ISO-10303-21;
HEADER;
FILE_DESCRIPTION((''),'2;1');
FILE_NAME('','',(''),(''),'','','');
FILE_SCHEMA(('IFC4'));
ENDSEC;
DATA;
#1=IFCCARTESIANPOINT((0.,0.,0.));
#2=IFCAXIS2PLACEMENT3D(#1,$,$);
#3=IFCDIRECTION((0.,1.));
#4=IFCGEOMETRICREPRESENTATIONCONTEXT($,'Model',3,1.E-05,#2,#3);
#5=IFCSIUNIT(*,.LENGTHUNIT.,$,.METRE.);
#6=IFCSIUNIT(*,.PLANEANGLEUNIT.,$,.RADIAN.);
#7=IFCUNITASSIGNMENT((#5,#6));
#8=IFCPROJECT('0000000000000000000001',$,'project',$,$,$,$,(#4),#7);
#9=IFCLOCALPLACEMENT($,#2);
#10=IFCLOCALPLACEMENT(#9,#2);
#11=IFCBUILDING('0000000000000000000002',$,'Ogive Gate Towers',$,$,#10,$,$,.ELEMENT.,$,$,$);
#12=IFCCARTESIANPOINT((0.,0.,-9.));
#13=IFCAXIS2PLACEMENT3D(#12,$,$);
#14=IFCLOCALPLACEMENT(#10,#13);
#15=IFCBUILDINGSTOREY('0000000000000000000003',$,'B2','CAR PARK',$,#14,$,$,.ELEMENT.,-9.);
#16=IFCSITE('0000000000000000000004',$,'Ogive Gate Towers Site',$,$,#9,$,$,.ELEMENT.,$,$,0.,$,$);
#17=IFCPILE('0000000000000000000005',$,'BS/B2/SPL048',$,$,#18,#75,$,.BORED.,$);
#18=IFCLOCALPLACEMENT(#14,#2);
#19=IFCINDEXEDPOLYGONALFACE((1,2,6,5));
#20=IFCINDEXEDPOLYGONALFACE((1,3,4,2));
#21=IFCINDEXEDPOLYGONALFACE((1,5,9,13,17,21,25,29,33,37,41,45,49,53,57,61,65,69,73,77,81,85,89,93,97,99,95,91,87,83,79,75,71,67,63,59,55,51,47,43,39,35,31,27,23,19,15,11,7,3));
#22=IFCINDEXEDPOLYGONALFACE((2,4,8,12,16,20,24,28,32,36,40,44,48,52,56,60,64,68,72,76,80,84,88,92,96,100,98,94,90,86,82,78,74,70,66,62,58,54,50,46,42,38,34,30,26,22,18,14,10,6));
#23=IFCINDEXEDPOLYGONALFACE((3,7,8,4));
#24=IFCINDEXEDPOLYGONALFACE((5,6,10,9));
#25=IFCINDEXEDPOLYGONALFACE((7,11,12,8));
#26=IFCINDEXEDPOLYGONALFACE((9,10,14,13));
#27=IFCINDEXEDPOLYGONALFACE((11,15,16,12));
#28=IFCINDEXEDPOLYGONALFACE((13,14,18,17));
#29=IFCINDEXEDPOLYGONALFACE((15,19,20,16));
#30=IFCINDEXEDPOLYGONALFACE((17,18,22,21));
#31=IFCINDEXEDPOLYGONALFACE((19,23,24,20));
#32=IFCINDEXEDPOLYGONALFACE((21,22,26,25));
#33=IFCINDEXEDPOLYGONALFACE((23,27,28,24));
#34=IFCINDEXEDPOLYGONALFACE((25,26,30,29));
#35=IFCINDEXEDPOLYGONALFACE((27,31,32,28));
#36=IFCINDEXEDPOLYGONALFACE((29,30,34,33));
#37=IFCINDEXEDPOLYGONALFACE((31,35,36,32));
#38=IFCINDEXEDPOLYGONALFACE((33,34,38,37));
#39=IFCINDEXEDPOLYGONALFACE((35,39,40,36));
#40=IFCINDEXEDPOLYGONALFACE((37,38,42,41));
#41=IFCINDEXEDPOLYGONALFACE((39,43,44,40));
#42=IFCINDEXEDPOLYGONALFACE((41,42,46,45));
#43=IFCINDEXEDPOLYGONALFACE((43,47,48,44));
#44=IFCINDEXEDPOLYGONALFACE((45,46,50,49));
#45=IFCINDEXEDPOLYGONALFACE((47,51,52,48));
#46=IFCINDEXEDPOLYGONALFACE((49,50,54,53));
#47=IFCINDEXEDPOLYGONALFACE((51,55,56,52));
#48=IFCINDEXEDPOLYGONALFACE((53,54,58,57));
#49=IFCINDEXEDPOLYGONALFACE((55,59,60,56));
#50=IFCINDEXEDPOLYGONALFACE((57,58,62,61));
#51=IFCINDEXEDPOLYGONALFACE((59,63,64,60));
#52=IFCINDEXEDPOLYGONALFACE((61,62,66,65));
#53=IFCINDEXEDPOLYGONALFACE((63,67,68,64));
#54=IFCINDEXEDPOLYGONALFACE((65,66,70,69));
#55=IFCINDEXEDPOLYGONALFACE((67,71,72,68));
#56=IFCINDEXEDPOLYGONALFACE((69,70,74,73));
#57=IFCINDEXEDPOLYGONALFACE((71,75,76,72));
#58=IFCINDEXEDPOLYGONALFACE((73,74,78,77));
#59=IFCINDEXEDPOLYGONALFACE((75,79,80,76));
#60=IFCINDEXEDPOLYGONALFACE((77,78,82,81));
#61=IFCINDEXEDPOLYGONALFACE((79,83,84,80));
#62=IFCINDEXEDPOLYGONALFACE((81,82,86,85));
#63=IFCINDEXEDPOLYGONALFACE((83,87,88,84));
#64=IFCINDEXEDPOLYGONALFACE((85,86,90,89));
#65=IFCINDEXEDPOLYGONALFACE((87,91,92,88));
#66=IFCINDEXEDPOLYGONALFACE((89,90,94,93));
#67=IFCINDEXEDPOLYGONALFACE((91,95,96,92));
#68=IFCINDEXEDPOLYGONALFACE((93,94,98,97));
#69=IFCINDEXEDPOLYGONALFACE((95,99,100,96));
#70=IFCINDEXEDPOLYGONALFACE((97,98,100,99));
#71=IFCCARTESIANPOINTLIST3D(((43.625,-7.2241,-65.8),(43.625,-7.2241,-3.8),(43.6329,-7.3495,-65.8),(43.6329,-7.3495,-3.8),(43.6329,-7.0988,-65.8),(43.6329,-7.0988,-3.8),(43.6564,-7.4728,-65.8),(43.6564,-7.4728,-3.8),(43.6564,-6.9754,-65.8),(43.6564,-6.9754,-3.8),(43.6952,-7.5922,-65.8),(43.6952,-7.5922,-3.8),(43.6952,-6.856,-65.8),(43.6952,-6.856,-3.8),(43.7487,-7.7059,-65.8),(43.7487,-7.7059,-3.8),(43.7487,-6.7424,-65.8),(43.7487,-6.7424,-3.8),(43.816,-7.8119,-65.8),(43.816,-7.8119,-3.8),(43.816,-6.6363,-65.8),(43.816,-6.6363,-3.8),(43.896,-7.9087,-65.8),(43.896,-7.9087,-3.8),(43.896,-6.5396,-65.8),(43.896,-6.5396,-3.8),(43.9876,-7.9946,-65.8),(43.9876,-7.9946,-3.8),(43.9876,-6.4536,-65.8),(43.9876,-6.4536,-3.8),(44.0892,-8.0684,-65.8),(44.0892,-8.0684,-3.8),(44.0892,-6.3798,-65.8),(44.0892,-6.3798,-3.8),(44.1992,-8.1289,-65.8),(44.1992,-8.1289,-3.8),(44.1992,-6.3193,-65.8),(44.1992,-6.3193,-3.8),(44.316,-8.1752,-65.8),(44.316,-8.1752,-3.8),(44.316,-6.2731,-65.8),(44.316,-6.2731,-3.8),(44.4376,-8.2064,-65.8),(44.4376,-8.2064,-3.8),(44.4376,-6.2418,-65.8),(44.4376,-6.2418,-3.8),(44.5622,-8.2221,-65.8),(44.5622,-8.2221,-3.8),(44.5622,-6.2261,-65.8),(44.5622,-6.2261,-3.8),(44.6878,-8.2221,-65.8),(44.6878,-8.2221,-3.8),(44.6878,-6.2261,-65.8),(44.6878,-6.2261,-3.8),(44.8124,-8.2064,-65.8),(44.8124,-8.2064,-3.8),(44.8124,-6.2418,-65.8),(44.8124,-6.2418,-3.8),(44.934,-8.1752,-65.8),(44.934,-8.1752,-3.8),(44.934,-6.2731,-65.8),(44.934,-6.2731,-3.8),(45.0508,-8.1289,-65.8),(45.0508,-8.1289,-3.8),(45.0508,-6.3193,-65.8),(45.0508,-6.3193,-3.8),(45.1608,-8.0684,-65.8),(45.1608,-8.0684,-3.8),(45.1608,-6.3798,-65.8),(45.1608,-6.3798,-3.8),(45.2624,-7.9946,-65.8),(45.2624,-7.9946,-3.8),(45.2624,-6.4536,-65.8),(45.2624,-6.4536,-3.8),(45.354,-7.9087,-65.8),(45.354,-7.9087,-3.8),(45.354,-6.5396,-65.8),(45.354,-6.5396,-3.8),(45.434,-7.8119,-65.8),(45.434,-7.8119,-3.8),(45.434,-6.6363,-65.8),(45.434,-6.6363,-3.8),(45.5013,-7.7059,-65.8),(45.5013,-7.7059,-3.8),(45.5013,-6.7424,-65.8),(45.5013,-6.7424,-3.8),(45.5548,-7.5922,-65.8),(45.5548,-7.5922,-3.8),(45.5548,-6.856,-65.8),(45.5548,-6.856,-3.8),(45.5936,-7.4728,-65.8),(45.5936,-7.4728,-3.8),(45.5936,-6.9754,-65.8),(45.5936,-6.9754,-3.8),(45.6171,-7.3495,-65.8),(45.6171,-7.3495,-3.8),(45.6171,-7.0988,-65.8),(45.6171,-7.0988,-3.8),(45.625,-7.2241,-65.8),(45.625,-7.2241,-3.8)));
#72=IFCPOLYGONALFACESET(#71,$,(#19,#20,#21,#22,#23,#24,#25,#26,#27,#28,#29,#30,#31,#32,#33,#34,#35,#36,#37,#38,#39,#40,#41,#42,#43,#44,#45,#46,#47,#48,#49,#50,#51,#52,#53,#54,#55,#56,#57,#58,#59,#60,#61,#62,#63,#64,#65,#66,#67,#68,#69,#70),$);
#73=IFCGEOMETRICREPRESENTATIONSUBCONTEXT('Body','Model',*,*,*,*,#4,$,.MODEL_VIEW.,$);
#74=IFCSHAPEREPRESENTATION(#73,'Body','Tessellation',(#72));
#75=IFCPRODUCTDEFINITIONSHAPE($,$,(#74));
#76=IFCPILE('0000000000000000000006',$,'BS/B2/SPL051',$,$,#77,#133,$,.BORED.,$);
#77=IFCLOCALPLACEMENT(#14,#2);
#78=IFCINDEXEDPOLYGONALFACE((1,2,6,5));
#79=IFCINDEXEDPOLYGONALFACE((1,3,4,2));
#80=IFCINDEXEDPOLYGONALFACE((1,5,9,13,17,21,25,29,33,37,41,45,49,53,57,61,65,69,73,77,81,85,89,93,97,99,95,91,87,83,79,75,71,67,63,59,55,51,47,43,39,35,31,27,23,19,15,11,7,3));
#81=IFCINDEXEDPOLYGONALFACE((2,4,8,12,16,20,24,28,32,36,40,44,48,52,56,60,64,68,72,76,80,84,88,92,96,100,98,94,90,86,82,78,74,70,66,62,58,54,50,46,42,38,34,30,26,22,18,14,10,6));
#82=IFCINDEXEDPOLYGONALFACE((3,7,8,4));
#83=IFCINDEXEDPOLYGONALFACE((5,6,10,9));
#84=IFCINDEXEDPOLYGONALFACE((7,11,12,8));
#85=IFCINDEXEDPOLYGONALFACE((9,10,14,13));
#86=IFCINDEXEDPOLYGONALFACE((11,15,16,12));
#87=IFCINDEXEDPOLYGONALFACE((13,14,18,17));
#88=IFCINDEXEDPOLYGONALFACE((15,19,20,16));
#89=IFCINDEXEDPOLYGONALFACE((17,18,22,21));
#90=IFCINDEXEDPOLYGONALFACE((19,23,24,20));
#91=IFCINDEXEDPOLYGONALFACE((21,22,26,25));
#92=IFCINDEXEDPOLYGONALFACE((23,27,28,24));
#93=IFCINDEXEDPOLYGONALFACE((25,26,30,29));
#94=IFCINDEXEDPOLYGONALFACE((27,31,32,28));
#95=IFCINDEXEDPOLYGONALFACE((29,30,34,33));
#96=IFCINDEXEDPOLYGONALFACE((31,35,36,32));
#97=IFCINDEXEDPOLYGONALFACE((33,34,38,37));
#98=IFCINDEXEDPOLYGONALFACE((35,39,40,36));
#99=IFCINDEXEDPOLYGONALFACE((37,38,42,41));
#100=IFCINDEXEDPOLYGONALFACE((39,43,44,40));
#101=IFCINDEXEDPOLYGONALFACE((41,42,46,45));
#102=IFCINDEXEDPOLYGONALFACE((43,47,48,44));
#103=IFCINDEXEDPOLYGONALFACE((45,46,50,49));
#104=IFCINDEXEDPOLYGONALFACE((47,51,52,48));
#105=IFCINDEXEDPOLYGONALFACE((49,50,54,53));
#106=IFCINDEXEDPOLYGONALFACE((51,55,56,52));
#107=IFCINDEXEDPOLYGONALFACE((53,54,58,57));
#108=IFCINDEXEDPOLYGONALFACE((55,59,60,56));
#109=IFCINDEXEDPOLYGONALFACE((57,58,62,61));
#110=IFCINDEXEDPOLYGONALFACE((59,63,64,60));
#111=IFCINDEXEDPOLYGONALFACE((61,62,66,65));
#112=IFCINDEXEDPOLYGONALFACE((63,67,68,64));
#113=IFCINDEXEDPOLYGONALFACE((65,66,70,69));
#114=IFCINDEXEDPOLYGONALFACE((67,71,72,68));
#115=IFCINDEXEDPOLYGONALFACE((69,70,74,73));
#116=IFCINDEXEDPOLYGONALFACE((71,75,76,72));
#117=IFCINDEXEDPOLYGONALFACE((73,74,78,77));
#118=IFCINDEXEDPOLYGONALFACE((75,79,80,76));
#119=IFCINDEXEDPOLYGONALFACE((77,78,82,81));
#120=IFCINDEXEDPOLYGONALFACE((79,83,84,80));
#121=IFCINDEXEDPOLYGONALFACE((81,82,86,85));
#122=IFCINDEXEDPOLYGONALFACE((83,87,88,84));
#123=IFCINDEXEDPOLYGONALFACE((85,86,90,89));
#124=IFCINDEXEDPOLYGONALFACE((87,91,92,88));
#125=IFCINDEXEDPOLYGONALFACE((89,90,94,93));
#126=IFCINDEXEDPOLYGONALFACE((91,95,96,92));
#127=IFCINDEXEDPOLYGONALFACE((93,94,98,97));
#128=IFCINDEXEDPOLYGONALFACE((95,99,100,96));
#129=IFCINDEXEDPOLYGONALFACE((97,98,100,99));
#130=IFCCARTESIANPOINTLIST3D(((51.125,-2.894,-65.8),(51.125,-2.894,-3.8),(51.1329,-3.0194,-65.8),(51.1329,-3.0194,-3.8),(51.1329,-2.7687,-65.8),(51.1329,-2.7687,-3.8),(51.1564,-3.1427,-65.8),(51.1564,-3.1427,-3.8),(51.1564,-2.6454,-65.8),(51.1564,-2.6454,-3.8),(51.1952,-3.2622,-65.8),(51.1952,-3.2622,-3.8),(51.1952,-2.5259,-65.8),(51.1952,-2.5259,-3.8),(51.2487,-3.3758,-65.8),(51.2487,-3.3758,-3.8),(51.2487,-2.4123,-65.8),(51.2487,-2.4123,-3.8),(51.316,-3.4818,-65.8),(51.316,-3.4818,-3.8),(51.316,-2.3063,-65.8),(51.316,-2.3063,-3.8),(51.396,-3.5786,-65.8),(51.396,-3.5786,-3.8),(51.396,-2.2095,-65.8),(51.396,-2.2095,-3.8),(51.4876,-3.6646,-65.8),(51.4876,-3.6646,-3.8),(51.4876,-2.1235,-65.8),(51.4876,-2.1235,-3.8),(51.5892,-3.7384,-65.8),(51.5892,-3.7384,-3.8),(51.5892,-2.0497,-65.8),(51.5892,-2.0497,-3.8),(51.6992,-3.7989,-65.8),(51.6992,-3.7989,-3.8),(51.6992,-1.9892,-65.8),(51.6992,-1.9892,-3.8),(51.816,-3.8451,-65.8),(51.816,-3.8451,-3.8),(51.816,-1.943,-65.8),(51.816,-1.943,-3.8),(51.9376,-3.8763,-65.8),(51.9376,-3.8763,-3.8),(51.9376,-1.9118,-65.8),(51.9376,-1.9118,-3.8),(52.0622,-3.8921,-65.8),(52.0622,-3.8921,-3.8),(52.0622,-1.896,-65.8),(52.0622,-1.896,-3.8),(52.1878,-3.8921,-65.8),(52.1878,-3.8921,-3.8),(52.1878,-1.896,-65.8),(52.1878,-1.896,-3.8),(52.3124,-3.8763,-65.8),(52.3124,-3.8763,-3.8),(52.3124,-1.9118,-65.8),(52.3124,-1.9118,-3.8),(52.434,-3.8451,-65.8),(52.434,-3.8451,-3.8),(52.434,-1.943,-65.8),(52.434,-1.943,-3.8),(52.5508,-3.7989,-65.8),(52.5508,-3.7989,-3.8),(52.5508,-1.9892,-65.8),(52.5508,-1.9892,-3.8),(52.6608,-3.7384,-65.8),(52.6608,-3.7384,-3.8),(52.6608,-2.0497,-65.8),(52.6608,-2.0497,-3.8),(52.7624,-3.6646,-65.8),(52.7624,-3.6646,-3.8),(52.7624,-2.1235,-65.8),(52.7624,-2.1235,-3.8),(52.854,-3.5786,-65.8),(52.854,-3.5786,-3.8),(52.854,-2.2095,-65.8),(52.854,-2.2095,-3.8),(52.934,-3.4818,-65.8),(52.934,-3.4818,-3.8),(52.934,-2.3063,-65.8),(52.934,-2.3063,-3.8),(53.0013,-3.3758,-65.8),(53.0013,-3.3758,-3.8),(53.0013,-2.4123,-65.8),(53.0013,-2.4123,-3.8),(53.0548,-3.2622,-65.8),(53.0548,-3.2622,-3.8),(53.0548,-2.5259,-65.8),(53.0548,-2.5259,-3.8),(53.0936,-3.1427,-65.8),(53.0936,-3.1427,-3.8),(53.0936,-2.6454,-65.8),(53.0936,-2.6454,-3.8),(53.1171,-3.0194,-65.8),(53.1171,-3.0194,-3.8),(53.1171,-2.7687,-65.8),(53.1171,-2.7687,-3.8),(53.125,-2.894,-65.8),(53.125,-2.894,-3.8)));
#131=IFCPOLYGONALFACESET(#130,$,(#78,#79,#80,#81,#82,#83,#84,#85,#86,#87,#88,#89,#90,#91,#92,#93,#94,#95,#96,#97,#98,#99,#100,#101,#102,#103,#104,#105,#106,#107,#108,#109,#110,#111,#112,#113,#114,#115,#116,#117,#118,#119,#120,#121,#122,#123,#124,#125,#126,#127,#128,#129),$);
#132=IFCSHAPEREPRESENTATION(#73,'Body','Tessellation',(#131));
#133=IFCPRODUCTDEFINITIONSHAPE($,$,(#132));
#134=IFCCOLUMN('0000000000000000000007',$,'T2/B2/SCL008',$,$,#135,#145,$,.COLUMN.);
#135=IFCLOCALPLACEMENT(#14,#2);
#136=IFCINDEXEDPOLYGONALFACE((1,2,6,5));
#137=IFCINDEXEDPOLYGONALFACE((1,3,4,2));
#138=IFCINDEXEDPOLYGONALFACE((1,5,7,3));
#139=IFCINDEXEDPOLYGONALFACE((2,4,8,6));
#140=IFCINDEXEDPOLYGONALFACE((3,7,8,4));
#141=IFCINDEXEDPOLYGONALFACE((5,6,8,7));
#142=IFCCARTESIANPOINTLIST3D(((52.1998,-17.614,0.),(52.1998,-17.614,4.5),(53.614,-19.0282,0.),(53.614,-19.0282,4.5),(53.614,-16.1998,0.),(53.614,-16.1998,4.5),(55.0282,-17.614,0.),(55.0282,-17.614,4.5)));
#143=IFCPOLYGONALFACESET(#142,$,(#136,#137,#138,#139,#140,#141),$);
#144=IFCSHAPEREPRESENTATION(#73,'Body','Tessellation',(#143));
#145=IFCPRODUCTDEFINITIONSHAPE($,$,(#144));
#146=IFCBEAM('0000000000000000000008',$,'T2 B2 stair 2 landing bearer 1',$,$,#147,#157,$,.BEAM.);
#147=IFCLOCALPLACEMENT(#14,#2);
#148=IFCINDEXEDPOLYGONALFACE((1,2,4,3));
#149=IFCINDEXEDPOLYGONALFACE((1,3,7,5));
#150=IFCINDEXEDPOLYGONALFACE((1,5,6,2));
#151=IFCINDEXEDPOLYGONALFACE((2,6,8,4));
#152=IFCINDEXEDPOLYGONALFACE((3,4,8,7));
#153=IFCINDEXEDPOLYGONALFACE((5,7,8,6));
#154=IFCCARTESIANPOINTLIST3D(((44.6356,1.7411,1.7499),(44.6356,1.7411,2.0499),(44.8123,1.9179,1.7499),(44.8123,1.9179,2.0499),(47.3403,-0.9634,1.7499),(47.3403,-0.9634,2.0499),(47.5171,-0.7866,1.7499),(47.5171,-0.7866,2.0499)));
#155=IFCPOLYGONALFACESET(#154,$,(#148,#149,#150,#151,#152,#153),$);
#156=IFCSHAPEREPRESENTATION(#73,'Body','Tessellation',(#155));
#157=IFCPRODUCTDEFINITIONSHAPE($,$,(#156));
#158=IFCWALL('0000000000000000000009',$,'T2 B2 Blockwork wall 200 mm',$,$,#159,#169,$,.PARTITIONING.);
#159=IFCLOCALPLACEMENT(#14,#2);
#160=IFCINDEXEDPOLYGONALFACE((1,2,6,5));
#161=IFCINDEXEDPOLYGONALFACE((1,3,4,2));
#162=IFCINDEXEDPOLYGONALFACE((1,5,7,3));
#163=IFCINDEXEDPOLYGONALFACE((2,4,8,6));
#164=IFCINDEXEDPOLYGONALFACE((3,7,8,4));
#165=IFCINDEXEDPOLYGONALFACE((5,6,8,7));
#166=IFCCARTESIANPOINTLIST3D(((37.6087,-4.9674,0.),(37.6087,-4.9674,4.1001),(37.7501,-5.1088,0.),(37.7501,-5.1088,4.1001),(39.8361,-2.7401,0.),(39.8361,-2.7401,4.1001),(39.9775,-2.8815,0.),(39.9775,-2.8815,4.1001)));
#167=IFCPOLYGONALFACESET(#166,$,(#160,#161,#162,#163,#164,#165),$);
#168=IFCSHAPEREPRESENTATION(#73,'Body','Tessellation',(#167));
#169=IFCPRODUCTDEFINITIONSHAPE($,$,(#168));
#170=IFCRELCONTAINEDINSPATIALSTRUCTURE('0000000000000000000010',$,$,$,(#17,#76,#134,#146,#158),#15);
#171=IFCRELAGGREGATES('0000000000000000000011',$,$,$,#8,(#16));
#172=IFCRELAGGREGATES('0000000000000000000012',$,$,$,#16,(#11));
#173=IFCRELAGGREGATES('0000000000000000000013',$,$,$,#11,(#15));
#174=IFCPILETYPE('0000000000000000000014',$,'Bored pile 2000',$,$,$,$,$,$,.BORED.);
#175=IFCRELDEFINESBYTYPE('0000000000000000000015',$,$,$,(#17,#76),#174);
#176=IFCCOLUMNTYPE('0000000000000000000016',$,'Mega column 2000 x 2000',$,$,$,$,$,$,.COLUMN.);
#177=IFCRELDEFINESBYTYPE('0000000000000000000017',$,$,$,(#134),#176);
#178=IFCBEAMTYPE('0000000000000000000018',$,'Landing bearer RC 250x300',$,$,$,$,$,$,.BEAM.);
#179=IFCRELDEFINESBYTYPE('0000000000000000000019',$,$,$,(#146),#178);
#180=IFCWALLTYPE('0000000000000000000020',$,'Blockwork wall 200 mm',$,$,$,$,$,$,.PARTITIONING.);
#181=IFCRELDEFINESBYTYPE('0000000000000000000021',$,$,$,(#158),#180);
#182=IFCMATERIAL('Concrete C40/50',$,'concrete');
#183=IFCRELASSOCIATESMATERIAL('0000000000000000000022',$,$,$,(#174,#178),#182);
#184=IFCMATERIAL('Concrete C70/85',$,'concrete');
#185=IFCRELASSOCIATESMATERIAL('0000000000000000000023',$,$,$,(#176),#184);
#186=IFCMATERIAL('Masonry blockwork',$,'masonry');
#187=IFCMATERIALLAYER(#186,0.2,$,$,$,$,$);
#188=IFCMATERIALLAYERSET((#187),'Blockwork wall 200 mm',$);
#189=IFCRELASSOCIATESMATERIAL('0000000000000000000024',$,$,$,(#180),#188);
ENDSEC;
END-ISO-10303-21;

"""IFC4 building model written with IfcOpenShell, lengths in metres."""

from ifc_helpers import new_model, si_unit, direction, frame, frame_2d, origin, origin_2d, place, context, subcontext, project, spatial, rectangle, circle, extrude, material, layer, layer_set, material_profile, profile_set, type_object, element, save


model = new_model("IFC4")

# Units and contexts
model_context = context("Model", 3, precision=1e-05, world=origin(), true_north=direction((0.0, 1.0)))
body_context = subcontext(model_context, "Body", "Model", "MODEL_VIEW")
ifc_project = project(units=[si_unit("LENGTHUNIT", "METRE"), si_unit("PLANEANGLEUNIT", "RADIAN")], contexts=[model_context])

# Site, building, storey
site_placement = place(None, origin())
site = spatial("IfcSite", under=ifc_project, at=site_placement, Name="Ogive Gate Towers Site", CompositionType="ELEMENT", RefElevation=0.0)
building_placement = place(site_placement, origin())
building = spatial("IfcBuilding", under=site, at=building_placement, Name="Ogive Gate Towers", CompositionType="ELEMENT")
storey_placement = place(building_placement, frame((0.0, 0.0, -9.0)))
storey = spatial("IfcBuildingStorey", under=building, at=storey_placement, Name="B2", Description="CAR PARK", CompositionType="ELEMENT", Elevation=-9.0)

# Piles
ifc_material_1 = material(Name="Concrete C40/50", Category="concrete")
ifc_material_profile_1 = material_profile(ifc_material_1, circle(Radius=1.0, at=origin_2d()), Name="BP 2000")
ifc_profile_set_1 = profile_set([ifc_material_profile_1], Name="Concrete C40/50")
pile_type = type_object("IfcPileType", Name="Bored pile 2000", PredefinedType="BORED", material=ifc_profile_set_1)
for number, where, z_axis, x_axis, name in (
    (1, (44.625, -7.2241, -3.8), (0.0, 0.0, -1.0), (1.0, 0.0, 0.0), "BS/B2/SPL048"),
    (2, (52.125, -2.894, -3.8), (0.0, 0.0, -1.0), (1.0, 0.0, 0.0), "BS/B2/SPL051"),
):
    element("IfcPile", number, at=place(storey_placement, frame(where, z_axis=z_axis, x_axis=x_axis)), inside=storey, type_object=pile_type, Name=name, PredefinedType="BORED", context=body_context, shape_type="SweptSolid", body=[
        extrude(circle(Radius=1.0, at=origin_2d()), origin(), (0.0, 0.0, 1.0), 62.0),
    ])

# Column
ifc_material_2 = material(Name="Concrete C70/85", Category="concrete")
ifc_material_profile_2 = material_profile(ifc_material_2, rectangle(XDim=2.0, YDim=2.0, at=origin_2d()), Name="RC 2000x2000")
ifc_profile_set_2 = profile_set([ifc_material_profile_2], Name="Concrete C70/85")
column_type = type_object("IfcColumnType", Name="Mega column 2000 x 2000", PredefinedType="COLUMN", material=ifc_profile_set_2)
column_placement = place(storey_placement, frame((53.614, -17.614, 0.0), z_axis=(0.0, 0.0, 1.0), x_axis=(0.707107, -0.707107, 0.0)))
element("IfcColumn", 3, at=column_placement, inside=storey, type_object=column_type, Name="T2/B2/SCL008", PredefinedType="COLUMN", context=body_context, shape_type="SweptSolid", body=[
    extrude(rectangle(XDim=2.0, YDim=2.0, at=origin_2d()), origin(), (0.0, 0.0, 1.0), 4.5),
])

# Beam
ifc_material_profile_3 = material_profile(ifc_material_1, rectangle(XDim=0.25, YDim=0.3, at=origin_2d()), Name="RC 250x300")
ifc_profile_set_3 = profile_set([ifc_material_profile_3], Name="Concrete C40/50")
beam_type = type_object("IfcBeamType", Name="Landing bearer RC 250x300", PredefinedType="BEAM", material=ifc_profile_set_3)
beam_placement = place(storey_placement, frame((47.4287, -0.875, 1.8999), z_axis=(-0.707139, 0.707075, 0.0), x_axis=(-0.707075, -0.707139, 0.0)))
element("IfcBeam", 4, at=beam_placement, inside=storey, type_object=beam_type, Name="T2 B2 stair 2 landing bearer 1", PredefinedType="BEAM", context=body_context, shape_type="SweptSolid", body=[
    extrude(rectangle(XDim=0.25, YDim=0.3, at=origin_2d()), origin(), (0.0, 0.0, 1.0), 3.825),
])

# Wall
ifc_material_3 = material(Name="Masonry blockwork", Category="masonry")
ifc_layer_1 = layer(ifc_material_3, 0.2)
ifc_layer_set_1 = layer_set([ifc_layer_1], Name="Blockwork wall 200 mm")
wall_type_1 = type_object("IfcWallType", Name="Blockwork wall 200 mm", PredefinedType="PARTITIONING", material=ifc_layer_set_1)
wall_1_placement = place(storey_placement, frame((37.6794, -5.0381, 0.0), z_axis=(0.0, 0.0, 1.0), x_axis=(0.707107, 0.707107, 0.0)))
element("IfcWall", 5, at=wall_1_placement, inside=storey, type_object=wall_type_1, Name="T2 B2 Blockwork wall 200 mm", PredefinedType="PARTITIONING", context=body_context, shape_type="SweptSolid", body=[
    extrude(rectangle(XDim=3.1499, YDim=0.2, at=frame_2d((1.575, 0.0))), origin(), (0.0, 0.0, 1.0), 4.1001),
])

save(model, "model.ifc")
